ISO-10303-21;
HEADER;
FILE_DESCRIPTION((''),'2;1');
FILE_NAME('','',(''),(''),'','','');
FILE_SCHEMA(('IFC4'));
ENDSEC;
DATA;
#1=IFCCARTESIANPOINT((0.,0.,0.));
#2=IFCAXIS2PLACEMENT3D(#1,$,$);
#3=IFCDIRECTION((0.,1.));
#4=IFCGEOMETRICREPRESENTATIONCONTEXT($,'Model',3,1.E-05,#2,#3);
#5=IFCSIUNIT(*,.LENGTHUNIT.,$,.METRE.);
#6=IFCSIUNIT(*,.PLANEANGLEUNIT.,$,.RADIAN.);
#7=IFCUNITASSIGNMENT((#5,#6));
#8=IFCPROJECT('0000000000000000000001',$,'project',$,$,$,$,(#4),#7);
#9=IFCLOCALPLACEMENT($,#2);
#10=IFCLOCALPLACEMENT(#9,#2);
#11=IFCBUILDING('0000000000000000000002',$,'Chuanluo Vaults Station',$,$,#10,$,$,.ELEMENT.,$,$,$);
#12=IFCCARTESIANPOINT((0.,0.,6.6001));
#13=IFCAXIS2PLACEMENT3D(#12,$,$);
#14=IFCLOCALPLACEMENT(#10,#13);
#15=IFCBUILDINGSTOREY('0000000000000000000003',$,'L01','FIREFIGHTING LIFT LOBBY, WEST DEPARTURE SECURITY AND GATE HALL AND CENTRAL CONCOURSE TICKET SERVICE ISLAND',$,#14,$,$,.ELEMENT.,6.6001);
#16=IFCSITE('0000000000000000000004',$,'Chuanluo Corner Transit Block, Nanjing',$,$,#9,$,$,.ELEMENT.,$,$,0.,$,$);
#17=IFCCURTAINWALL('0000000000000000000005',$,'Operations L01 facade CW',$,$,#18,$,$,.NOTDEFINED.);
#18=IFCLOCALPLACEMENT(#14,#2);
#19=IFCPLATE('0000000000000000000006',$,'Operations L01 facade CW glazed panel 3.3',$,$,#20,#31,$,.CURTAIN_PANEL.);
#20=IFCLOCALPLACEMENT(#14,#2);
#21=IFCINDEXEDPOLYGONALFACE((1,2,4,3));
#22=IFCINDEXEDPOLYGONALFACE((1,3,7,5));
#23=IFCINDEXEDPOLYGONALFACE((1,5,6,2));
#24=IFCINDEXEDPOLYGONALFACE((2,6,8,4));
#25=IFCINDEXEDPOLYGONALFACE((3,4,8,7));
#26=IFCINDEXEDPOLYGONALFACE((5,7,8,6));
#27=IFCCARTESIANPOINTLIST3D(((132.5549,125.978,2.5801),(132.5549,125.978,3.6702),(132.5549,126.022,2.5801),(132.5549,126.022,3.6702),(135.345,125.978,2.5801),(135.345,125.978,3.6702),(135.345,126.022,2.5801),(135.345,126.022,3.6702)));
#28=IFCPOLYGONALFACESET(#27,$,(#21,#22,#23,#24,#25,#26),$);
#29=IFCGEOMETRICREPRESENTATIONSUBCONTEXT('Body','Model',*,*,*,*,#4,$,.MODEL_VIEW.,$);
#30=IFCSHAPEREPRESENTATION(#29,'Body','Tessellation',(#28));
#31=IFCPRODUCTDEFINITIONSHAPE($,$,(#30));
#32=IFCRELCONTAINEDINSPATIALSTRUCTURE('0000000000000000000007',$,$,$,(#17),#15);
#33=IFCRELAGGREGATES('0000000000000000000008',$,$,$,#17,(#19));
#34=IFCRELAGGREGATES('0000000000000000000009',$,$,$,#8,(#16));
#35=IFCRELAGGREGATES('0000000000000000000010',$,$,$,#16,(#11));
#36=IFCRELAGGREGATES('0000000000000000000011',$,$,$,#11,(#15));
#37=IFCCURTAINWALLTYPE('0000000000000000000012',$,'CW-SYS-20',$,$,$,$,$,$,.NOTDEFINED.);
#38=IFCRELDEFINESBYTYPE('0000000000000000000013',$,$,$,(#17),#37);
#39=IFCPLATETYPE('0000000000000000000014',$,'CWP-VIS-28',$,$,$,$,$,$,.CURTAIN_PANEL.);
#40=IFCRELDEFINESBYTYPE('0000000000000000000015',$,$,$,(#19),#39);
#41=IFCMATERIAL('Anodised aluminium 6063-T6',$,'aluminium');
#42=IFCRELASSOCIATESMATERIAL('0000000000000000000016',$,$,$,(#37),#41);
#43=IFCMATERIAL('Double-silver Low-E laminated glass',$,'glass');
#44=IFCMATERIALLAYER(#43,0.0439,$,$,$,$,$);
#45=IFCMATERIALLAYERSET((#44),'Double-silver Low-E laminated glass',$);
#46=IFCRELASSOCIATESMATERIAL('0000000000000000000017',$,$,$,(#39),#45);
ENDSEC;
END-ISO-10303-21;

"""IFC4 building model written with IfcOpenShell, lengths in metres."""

from ifc_helpers import new_model, si_unit, direction, frame, origin, origin_2d, place, context, subcontext, project, spatial, rectangle, extrude, material, layer, layer_set, type_object, element, aggregate, save


model = new_model("IFC4")

# Units and contexts
model_context = context("Model", 3, precision=1e-05, world=origin(), true_north=direction((0.0, 1.0)))
body_context = subcontext(model_context, "Body", "Model", "MODEL_VIEW")
ifc_project = project(units=[si_unit("LENGTHUNIT", "METRE"), si_unit("PLANEANGLEUNIT", "RADIAN")], contexts=[model_context])

# Site, building, storey
site_placement = place(None, origin())
site = spatial("IfcSite", under=ifc_project, at=site_placement, Name="Chuanluo Corner Transit Block, Nanjing", CompositionType="ELEMENT", RefElevation=0.0)
building_placement = place(site_placement, origin())
building = spatial("IfcBuilding", under=site, at=building_placement, Name="Chuanluo Vaults Station", CompositionType="ELEMENT")
storey_placement = place(building_placement, frame((0.0, 0.0, 6.6001)))
storey = spatial("IfcBuildingStorey", under=building, at=storey_placement, Name="L01", Description="FIREFIGHTING LIFT LOBBY, WEST DEPARTURE SECURITY AND GATE HALL AND CENTRAL CONCOURSE TICKET SERVICE ISLAND", CompositionType="ELEMENT", Elevation=6.6001)

# Curtain wall, plate
ifc_material_1 = material(Name="Anodised aluminium 6063-T6", Category="aluminium")
curtain_wall_type = type_object("IfcCurtainWallType", Name="CW-SYS-20", PredefinedType="NOTDEFINED", material=ifc_material_1)
curtain_wall_placement = place(storey_placement, origin())
curtain_wall = element("IfcCurtainWall", 1, at=curtain_wall_placement, inside=storey, type_object=curtain_wall_type, Name="Operations L01 facade CW", PredefinedType="NOTDEFINED")
ifc_material_2 = material(Name="Double-silver Low-E laminated glass", Category="glass")
ifc_layer_1 = layer(ifc_material_2, 0.0439)
ifc_layer_set_1 = layer_set([ifc_layer_1], Name="Double-silver Low-E laminated glass")
plate_type_1 = type_object("IfcPlateType", Name="CWP-VIS-28", PredefinedType="CURTAIN_PANEL", material=ifc_layer_set_1)
plate_1_placement = place(storey_placement, frame((133.95, 126.0, 2.5801), z_axis=(0.0, 0.0, 1.0), x_axis=(1.0, 0.0, 0.0)))
plate_1 = element("IfcPlate", 2, at=plate_1_placement, type_object=plate_type_1, Name="Operations L01 facade CW glazed panel 3.3", PredefinedType="CURTAIN_PANEL", context=body_context, shape_type="SweptSolid", body=[
    extrude(rectangle(XDim=2.79, YDim=0.0439, at=origin_2d()), origin(), (0.0, 0.0, 1.0), 1.0901),
])
aggregate(curtain_wall, [plate_1])

save(model, "model.ifc")
